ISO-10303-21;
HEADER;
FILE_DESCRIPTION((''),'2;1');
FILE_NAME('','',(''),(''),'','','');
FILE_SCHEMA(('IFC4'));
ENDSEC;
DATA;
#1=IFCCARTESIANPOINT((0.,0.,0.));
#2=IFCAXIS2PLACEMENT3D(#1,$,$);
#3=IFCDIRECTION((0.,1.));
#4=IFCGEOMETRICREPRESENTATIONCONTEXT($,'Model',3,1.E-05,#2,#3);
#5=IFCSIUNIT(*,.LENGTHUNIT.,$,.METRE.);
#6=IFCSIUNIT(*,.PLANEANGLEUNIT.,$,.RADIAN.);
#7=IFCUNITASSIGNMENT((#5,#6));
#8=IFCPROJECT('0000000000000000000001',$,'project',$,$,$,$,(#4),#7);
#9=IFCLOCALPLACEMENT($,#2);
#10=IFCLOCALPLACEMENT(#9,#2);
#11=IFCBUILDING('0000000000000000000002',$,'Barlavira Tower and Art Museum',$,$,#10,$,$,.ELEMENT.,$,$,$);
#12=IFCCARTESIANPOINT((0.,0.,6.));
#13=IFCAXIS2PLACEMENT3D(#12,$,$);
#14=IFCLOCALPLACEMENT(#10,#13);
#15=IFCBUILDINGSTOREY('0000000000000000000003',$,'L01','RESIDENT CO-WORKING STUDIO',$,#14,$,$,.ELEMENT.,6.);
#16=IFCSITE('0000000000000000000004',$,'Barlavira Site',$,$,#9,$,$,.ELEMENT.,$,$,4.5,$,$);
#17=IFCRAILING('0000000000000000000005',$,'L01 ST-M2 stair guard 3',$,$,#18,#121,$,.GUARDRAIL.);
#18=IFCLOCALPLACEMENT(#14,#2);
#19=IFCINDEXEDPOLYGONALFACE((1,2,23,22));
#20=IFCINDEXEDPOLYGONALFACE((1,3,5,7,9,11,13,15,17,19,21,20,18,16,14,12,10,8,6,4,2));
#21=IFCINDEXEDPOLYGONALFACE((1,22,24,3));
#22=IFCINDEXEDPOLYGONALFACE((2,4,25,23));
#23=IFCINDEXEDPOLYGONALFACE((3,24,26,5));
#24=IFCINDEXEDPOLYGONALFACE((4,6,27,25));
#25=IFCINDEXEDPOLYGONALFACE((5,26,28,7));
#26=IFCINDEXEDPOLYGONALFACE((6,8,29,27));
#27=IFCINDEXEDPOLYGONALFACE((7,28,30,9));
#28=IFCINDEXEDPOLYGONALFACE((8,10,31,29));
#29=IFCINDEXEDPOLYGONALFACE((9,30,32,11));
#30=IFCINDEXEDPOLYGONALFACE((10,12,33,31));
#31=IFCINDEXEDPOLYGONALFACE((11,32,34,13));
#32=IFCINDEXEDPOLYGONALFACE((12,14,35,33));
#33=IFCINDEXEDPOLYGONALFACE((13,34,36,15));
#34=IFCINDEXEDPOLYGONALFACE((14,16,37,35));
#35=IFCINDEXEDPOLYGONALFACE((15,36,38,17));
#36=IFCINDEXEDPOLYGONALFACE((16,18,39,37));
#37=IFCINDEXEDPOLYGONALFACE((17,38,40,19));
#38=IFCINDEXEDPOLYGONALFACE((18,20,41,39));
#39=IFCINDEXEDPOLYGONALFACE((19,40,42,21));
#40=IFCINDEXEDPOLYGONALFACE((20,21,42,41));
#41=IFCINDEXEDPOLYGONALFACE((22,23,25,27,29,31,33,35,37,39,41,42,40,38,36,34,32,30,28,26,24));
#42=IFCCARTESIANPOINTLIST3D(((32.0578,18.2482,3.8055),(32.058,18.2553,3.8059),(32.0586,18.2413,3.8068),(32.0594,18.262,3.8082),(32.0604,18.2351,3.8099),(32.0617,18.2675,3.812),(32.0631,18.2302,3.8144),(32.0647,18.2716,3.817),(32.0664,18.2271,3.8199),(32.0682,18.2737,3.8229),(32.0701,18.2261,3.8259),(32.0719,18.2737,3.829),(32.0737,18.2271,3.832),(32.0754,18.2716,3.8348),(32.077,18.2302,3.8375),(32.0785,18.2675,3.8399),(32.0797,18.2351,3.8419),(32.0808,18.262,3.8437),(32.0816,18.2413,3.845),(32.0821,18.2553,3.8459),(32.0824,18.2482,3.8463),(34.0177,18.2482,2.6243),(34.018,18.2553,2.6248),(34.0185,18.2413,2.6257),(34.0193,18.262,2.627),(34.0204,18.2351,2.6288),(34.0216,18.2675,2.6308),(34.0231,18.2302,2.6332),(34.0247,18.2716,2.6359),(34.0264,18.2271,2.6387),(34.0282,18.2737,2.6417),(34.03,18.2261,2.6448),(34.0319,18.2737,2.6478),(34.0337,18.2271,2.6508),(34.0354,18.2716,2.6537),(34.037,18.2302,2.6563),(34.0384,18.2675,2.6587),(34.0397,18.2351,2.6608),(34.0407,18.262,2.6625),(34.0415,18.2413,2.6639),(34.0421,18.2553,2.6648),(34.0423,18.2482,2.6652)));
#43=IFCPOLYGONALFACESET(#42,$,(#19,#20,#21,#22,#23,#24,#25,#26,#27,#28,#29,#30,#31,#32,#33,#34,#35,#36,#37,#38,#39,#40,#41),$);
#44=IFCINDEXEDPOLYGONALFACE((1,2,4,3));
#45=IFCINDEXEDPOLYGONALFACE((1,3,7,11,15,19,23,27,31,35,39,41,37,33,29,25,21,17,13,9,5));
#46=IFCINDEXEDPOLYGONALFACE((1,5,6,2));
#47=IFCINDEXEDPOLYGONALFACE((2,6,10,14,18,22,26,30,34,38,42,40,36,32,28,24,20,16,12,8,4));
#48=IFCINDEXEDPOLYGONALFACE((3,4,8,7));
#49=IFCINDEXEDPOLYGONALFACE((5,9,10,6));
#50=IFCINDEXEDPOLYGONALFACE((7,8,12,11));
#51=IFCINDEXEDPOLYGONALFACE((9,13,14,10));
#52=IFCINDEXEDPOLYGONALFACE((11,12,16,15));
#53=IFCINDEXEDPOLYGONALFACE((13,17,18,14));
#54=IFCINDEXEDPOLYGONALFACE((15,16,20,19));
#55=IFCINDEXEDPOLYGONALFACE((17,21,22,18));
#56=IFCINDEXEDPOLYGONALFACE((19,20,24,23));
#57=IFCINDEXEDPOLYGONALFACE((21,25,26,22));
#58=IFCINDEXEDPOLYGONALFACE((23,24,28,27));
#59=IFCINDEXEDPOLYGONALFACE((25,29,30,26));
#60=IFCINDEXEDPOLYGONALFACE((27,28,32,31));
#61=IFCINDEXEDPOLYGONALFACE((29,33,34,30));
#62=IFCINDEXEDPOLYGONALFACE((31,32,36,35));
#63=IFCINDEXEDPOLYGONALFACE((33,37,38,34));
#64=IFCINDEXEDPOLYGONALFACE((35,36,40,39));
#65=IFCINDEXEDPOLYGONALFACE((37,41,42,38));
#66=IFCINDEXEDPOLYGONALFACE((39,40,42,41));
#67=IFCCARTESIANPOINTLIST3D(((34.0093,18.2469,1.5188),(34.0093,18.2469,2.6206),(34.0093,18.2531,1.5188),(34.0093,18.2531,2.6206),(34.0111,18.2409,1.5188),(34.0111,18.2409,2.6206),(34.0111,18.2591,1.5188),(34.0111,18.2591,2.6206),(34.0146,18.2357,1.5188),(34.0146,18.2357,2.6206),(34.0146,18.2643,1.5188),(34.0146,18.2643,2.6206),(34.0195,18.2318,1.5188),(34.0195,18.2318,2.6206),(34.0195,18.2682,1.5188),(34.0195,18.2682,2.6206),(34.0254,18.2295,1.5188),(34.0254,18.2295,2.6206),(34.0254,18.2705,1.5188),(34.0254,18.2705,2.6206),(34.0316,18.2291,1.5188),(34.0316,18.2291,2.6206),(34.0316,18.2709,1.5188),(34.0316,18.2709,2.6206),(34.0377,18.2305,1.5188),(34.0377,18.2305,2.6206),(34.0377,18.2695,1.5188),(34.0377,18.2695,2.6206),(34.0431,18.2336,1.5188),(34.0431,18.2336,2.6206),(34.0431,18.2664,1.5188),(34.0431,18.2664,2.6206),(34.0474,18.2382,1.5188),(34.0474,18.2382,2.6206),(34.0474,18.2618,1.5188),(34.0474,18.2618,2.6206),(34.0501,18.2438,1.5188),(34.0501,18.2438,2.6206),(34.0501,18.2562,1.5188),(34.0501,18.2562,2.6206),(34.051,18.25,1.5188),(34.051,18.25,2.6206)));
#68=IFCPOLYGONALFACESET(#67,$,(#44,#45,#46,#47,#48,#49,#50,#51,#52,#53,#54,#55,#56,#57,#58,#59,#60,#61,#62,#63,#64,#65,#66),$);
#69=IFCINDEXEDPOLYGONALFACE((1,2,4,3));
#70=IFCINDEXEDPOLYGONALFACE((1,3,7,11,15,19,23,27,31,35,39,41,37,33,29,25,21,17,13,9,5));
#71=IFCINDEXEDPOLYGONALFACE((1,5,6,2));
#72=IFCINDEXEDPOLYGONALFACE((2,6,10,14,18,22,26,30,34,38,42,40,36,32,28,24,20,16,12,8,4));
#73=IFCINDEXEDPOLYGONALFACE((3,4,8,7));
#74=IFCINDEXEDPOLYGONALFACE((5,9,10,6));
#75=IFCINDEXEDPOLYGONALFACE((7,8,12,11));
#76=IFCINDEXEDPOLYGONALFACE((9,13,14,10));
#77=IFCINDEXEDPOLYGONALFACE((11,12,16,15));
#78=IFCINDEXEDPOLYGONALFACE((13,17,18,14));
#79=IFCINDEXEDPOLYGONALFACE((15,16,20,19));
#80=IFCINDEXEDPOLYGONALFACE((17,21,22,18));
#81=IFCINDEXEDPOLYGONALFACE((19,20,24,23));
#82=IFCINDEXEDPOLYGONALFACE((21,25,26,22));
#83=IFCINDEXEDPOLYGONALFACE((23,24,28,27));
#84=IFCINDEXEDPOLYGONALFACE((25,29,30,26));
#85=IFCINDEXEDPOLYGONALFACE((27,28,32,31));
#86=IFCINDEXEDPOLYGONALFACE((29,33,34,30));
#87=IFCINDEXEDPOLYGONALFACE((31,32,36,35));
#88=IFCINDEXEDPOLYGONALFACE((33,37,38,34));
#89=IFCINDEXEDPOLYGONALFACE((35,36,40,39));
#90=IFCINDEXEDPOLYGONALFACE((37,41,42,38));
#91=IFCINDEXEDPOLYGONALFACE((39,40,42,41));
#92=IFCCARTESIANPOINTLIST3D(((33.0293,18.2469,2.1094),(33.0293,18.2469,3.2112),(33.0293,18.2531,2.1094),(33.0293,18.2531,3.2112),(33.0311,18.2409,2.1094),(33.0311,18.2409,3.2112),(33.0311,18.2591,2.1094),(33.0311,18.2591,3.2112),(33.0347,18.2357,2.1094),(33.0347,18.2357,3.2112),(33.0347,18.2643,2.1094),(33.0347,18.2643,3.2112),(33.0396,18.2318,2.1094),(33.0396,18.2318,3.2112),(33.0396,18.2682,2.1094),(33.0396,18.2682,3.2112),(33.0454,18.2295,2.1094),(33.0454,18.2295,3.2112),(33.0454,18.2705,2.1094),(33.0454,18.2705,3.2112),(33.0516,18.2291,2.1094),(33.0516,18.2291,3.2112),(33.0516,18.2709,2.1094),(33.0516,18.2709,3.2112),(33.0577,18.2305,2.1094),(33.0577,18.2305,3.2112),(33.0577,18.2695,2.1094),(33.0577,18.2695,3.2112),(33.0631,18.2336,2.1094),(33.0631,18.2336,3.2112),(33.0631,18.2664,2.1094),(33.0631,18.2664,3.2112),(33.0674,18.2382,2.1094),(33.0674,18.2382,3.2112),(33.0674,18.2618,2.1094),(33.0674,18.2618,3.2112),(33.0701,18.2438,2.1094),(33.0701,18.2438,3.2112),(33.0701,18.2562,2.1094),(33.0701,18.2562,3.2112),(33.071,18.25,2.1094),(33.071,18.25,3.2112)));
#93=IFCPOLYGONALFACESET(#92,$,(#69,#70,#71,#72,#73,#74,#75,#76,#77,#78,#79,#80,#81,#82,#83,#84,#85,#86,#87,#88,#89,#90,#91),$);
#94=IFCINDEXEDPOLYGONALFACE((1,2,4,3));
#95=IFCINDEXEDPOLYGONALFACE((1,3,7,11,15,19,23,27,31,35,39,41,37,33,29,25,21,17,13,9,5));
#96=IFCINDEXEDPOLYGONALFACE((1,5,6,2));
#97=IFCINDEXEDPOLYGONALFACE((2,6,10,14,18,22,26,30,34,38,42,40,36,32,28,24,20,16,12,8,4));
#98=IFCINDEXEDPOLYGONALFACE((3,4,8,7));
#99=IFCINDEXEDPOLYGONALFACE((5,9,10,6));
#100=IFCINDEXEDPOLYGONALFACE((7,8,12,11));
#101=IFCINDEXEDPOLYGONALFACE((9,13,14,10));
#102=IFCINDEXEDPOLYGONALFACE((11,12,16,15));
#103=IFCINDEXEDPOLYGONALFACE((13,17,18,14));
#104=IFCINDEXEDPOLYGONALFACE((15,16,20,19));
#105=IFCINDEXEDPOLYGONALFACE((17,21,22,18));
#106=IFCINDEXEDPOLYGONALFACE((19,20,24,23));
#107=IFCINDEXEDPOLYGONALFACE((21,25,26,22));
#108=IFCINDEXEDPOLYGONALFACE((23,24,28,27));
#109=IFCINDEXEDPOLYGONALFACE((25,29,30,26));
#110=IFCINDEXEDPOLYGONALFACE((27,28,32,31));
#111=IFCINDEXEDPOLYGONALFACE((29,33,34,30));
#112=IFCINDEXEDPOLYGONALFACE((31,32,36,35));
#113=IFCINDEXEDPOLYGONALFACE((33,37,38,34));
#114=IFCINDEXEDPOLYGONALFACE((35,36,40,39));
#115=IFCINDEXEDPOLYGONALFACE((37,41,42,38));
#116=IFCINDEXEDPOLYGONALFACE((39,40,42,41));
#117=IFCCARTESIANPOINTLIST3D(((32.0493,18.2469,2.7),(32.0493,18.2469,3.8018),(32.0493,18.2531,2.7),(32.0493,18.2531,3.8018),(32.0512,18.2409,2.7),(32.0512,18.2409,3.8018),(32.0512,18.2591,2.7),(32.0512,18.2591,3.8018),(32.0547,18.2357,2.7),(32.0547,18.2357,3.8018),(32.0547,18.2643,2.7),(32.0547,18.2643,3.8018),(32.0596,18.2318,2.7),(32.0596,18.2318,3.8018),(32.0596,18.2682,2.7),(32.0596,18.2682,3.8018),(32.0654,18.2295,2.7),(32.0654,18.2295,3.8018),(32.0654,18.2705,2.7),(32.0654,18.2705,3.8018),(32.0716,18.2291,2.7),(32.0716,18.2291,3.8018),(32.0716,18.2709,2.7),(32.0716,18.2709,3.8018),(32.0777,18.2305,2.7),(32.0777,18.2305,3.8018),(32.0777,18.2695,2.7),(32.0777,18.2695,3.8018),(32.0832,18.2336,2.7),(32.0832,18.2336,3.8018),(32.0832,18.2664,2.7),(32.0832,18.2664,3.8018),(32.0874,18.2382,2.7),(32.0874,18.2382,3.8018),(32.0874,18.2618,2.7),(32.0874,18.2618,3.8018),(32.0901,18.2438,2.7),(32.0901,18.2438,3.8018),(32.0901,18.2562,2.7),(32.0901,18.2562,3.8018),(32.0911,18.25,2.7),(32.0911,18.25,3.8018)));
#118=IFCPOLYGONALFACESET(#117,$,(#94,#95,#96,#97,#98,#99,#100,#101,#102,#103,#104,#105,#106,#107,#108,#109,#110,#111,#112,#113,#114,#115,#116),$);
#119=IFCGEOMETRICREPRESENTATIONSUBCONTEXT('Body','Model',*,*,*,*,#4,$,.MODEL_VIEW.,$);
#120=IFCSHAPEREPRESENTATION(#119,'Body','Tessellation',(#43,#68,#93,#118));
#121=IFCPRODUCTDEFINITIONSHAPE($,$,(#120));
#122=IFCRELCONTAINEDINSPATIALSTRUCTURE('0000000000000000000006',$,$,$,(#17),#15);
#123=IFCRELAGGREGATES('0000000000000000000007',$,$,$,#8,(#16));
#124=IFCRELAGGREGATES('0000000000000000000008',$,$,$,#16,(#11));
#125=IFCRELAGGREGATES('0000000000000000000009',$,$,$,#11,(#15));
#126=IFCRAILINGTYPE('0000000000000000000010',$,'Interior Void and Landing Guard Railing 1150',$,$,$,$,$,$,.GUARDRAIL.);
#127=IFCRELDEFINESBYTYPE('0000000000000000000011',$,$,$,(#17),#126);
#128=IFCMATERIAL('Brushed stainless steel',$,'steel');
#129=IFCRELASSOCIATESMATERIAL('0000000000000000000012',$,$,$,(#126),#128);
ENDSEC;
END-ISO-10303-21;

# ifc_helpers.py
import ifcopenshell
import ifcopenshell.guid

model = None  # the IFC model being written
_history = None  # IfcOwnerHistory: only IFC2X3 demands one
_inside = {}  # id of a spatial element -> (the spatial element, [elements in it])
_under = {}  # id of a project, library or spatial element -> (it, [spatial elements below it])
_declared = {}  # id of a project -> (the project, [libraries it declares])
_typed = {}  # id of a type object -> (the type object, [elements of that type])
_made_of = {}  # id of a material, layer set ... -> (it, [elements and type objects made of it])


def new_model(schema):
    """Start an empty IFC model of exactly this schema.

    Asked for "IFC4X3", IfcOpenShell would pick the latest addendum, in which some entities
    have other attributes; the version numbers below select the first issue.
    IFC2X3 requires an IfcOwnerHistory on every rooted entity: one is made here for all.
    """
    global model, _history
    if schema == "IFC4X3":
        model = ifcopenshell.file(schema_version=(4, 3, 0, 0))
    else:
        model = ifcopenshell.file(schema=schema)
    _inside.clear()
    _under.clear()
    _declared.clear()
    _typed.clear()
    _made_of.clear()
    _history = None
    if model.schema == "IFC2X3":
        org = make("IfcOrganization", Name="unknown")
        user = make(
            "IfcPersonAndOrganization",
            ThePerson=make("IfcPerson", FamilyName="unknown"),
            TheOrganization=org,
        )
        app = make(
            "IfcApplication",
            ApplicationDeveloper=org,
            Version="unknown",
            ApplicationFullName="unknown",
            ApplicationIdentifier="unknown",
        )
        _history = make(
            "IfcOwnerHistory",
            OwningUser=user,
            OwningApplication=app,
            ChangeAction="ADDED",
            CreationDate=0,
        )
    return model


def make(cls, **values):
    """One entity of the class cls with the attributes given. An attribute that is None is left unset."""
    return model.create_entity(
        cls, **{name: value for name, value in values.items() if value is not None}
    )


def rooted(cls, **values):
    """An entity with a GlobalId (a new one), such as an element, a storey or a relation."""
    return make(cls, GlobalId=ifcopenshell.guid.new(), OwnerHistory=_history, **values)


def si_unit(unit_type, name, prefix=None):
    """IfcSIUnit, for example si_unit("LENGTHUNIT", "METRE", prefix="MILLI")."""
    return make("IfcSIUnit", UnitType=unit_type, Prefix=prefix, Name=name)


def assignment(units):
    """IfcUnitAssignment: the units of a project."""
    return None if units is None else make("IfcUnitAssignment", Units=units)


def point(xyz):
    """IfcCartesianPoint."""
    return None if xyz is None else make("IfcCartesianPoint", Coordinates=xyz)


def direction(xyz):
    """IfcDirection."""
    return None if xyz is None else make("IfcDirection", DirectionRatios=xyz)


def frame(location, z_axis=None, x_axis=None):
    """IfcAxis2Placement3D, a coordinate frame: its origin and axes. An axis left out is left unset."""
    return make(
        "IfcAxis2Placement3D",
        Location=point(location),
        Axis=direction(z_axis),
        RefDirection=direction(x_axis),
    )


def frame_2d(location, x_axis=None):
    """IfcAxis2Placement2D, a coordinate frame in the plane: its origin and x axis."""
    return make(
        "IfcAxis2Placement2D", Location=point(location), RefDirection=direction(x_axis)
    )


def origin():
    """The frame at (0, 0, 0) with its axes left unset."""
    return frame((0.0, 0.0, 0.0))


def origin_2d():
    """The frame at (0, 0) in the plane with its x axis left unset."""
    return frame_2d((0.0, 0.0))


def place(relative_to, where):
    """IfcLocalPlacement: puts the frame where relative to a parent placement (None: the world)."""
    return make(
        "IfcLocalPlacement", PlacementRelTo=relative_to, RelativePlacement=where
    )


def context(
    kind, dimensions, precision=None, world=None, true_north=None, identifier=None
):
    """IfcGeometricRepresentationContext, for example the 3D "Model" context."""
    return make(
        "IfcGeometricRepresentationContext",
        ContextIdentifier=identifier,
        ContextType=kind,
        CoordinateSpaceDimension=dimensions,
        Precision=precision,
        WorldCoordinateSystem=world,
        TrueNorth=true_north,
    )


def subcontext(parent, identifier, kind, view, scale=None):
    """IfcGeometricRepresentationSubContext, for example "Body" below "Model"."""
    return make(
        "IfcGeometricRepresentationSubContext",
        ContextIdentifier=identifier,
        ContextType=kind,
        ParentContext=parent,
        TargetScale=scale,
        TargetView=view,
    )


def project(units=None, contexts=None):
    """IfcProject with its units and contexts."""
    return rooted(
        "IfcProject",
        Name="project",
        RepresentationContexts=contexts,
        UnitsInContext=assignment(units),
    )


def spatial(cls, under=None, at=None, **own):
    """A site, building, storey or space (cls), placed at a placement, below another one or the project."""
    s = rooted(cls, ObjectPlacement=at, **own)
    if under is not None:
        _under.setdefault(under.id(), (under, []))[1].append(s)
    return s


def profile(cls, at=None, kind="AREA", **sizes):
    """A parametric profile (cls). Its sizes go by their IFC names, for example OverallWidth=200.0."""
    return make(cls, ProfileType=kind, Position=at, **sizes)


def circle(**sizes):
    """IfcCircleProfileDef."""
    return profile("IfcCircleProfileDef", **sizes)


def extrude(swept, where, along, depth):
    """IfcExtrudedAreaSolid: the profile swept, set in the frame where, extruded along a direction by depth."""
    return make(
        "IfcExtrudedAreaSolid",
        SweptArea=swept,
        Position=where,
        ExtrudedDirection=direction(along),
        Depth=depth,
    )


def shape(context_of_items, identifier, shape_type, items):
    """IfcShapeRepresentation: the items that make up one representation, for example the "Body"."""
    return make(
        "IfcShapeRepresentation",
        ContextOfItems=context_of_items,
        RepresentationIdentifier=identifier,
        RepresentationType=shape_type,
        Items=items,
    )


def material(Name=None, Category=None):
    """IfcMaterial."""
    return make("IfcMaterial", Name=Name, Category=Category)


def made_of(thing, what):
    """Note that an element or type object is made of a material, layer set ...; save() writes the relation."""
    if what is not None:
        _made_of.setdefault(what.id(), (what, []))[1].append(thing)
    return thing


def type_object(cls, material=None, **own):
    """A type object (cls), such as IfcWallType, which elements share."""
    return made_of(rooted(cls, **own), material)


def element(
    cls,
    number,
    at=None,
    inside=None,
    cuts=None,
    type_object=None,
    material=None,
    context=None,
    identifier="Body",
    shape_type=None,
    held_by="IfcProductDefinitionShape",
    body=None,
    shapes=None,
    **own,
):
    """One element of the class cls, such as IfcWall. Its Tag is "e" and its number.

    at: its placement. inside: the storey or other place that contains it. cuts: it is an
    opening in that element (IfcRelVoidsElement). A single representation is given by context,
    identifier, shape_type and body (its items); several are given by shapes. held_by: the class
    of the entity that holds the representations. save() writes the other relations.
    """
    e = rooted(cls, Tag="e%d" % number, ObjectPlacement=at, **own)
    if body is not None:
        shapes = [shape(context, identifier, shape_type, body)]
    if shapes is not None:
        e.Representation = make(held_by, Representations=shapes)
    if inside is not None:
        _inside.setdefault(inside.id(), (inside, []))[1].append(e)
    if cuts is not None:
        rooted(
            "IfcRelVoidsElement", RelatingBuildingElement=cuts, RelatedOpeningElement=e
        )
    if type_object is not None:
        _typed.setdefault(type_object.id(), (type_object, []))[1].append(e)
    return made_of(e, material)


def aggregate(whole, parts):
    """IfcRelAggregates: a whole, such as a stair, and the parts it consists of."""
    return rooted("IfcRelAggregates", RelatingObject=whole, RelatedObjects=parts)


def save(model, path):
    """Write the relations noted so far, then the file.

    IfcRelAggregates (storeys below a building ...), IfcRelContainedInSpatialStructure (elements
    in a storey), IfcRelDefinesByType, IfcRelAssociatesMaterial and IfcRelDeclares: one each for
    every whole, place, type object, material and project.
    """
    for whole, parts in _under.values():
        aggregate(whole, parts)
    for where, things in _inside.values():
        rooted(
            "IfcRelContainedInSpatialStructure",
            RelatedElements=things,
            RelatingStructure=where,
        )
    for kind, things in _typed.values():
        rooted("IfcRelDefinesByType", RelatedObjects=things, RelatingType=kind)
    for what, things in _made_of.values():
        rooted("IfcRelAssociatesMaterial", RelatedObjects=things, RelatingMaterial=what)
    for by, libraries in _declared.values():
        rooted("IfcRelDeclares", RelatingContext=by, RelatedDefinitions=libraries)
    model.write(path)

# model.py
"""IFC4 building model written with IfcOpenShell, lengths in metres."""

from ifc_helpers import new_model, si_unit, direction, frame, origin, origin_2d, place, context, subcontext, project, spatial, circle, extrude, material, type_object, element, save


model = new_model("IFC4")

# Units and contexts
model_context = context("Model", 3, precision=1e-05, world=origin(), true_north=direction((0.0, 1.0)))
body_context = subcontext(model_context, "Body", "Model", "MODEL_VIEW")
ifc_project = project(units=[si_unit("LENGTHUNIT", "METRE"), si_unit("PLANEANGLEUNIT", "RADIAN")], contexts=[model_context])

# Site, building, storey
site_placement = place(None, origin())
site = spatial("IfcSite", under=ifc_project, at=site_placement, Name="Barlavira Site", CompositionType="ELEMENT", RefElevation=4.5)
building_placement = place(site_placement, origin())
building = spatial("IfcBuilding", under=site, at=building_placement, Name="Barlavira Tower and Art Museum", CompositionType="ELEMENT")
storey_placement = place(building_placement, frame((0.0, 0.0, 6.0)))
storey = spatial("IfcBuildingStorey", under=building, at=storey_placement, Name="L01", Description="RESIDENT CO-WORKING STUDIO", CompositionType="ELEMENT", Elevation=6.0)

# Shared definitions
ifc_material_1 = material(Name="Brushed stainless steel", Category="steel")

# Railing
railing_type_1 = type_object("IfcRailingType", Name="Interior Void and Landing Guard Railing 1150", PredefinedType="GUARDRAIL", material=ifc_material_1)
railing_1_placement = place(storey_placement, frame((34.03, 18.25, 1.5188)))
element("IfcRailing", 1, at=railing_1_placement, inside=storey, type_object=railing_type_1, Name="L01 ST-M2 stair guard 3", PredefinedType="GUARDRAIL", context=body_context, shape_type="SweptSolid", body=[
    extrude(circle(Radius=0.0239, at=origin_2d()), frame((0.0, 0.0, 1.126), z_axis=(-0.856493, 0.0, 0.516158), x_axis=(0.0, -1.0, 0.0)), (0.0, 0.0, 1.0), 2.2883),
    extrude(circle(Radius=0.021, at=origin_2d()), origin(), (0.0, 0.0, 1.0), 1.1018),
    extrude(circle(Radius=0.021, at=origin_2d()), frame((-0.98, 0.0, 0.5906)), (0.0, 0.0, 1.0), 1.1018),
    extrude(circle(Radius=0.021, at=origin_2d()), frame((-1.96, 0.0, 1.1812)), (0.0, 0.0, 1.0), 1.1018),
])

save(model, "model.ifc")
